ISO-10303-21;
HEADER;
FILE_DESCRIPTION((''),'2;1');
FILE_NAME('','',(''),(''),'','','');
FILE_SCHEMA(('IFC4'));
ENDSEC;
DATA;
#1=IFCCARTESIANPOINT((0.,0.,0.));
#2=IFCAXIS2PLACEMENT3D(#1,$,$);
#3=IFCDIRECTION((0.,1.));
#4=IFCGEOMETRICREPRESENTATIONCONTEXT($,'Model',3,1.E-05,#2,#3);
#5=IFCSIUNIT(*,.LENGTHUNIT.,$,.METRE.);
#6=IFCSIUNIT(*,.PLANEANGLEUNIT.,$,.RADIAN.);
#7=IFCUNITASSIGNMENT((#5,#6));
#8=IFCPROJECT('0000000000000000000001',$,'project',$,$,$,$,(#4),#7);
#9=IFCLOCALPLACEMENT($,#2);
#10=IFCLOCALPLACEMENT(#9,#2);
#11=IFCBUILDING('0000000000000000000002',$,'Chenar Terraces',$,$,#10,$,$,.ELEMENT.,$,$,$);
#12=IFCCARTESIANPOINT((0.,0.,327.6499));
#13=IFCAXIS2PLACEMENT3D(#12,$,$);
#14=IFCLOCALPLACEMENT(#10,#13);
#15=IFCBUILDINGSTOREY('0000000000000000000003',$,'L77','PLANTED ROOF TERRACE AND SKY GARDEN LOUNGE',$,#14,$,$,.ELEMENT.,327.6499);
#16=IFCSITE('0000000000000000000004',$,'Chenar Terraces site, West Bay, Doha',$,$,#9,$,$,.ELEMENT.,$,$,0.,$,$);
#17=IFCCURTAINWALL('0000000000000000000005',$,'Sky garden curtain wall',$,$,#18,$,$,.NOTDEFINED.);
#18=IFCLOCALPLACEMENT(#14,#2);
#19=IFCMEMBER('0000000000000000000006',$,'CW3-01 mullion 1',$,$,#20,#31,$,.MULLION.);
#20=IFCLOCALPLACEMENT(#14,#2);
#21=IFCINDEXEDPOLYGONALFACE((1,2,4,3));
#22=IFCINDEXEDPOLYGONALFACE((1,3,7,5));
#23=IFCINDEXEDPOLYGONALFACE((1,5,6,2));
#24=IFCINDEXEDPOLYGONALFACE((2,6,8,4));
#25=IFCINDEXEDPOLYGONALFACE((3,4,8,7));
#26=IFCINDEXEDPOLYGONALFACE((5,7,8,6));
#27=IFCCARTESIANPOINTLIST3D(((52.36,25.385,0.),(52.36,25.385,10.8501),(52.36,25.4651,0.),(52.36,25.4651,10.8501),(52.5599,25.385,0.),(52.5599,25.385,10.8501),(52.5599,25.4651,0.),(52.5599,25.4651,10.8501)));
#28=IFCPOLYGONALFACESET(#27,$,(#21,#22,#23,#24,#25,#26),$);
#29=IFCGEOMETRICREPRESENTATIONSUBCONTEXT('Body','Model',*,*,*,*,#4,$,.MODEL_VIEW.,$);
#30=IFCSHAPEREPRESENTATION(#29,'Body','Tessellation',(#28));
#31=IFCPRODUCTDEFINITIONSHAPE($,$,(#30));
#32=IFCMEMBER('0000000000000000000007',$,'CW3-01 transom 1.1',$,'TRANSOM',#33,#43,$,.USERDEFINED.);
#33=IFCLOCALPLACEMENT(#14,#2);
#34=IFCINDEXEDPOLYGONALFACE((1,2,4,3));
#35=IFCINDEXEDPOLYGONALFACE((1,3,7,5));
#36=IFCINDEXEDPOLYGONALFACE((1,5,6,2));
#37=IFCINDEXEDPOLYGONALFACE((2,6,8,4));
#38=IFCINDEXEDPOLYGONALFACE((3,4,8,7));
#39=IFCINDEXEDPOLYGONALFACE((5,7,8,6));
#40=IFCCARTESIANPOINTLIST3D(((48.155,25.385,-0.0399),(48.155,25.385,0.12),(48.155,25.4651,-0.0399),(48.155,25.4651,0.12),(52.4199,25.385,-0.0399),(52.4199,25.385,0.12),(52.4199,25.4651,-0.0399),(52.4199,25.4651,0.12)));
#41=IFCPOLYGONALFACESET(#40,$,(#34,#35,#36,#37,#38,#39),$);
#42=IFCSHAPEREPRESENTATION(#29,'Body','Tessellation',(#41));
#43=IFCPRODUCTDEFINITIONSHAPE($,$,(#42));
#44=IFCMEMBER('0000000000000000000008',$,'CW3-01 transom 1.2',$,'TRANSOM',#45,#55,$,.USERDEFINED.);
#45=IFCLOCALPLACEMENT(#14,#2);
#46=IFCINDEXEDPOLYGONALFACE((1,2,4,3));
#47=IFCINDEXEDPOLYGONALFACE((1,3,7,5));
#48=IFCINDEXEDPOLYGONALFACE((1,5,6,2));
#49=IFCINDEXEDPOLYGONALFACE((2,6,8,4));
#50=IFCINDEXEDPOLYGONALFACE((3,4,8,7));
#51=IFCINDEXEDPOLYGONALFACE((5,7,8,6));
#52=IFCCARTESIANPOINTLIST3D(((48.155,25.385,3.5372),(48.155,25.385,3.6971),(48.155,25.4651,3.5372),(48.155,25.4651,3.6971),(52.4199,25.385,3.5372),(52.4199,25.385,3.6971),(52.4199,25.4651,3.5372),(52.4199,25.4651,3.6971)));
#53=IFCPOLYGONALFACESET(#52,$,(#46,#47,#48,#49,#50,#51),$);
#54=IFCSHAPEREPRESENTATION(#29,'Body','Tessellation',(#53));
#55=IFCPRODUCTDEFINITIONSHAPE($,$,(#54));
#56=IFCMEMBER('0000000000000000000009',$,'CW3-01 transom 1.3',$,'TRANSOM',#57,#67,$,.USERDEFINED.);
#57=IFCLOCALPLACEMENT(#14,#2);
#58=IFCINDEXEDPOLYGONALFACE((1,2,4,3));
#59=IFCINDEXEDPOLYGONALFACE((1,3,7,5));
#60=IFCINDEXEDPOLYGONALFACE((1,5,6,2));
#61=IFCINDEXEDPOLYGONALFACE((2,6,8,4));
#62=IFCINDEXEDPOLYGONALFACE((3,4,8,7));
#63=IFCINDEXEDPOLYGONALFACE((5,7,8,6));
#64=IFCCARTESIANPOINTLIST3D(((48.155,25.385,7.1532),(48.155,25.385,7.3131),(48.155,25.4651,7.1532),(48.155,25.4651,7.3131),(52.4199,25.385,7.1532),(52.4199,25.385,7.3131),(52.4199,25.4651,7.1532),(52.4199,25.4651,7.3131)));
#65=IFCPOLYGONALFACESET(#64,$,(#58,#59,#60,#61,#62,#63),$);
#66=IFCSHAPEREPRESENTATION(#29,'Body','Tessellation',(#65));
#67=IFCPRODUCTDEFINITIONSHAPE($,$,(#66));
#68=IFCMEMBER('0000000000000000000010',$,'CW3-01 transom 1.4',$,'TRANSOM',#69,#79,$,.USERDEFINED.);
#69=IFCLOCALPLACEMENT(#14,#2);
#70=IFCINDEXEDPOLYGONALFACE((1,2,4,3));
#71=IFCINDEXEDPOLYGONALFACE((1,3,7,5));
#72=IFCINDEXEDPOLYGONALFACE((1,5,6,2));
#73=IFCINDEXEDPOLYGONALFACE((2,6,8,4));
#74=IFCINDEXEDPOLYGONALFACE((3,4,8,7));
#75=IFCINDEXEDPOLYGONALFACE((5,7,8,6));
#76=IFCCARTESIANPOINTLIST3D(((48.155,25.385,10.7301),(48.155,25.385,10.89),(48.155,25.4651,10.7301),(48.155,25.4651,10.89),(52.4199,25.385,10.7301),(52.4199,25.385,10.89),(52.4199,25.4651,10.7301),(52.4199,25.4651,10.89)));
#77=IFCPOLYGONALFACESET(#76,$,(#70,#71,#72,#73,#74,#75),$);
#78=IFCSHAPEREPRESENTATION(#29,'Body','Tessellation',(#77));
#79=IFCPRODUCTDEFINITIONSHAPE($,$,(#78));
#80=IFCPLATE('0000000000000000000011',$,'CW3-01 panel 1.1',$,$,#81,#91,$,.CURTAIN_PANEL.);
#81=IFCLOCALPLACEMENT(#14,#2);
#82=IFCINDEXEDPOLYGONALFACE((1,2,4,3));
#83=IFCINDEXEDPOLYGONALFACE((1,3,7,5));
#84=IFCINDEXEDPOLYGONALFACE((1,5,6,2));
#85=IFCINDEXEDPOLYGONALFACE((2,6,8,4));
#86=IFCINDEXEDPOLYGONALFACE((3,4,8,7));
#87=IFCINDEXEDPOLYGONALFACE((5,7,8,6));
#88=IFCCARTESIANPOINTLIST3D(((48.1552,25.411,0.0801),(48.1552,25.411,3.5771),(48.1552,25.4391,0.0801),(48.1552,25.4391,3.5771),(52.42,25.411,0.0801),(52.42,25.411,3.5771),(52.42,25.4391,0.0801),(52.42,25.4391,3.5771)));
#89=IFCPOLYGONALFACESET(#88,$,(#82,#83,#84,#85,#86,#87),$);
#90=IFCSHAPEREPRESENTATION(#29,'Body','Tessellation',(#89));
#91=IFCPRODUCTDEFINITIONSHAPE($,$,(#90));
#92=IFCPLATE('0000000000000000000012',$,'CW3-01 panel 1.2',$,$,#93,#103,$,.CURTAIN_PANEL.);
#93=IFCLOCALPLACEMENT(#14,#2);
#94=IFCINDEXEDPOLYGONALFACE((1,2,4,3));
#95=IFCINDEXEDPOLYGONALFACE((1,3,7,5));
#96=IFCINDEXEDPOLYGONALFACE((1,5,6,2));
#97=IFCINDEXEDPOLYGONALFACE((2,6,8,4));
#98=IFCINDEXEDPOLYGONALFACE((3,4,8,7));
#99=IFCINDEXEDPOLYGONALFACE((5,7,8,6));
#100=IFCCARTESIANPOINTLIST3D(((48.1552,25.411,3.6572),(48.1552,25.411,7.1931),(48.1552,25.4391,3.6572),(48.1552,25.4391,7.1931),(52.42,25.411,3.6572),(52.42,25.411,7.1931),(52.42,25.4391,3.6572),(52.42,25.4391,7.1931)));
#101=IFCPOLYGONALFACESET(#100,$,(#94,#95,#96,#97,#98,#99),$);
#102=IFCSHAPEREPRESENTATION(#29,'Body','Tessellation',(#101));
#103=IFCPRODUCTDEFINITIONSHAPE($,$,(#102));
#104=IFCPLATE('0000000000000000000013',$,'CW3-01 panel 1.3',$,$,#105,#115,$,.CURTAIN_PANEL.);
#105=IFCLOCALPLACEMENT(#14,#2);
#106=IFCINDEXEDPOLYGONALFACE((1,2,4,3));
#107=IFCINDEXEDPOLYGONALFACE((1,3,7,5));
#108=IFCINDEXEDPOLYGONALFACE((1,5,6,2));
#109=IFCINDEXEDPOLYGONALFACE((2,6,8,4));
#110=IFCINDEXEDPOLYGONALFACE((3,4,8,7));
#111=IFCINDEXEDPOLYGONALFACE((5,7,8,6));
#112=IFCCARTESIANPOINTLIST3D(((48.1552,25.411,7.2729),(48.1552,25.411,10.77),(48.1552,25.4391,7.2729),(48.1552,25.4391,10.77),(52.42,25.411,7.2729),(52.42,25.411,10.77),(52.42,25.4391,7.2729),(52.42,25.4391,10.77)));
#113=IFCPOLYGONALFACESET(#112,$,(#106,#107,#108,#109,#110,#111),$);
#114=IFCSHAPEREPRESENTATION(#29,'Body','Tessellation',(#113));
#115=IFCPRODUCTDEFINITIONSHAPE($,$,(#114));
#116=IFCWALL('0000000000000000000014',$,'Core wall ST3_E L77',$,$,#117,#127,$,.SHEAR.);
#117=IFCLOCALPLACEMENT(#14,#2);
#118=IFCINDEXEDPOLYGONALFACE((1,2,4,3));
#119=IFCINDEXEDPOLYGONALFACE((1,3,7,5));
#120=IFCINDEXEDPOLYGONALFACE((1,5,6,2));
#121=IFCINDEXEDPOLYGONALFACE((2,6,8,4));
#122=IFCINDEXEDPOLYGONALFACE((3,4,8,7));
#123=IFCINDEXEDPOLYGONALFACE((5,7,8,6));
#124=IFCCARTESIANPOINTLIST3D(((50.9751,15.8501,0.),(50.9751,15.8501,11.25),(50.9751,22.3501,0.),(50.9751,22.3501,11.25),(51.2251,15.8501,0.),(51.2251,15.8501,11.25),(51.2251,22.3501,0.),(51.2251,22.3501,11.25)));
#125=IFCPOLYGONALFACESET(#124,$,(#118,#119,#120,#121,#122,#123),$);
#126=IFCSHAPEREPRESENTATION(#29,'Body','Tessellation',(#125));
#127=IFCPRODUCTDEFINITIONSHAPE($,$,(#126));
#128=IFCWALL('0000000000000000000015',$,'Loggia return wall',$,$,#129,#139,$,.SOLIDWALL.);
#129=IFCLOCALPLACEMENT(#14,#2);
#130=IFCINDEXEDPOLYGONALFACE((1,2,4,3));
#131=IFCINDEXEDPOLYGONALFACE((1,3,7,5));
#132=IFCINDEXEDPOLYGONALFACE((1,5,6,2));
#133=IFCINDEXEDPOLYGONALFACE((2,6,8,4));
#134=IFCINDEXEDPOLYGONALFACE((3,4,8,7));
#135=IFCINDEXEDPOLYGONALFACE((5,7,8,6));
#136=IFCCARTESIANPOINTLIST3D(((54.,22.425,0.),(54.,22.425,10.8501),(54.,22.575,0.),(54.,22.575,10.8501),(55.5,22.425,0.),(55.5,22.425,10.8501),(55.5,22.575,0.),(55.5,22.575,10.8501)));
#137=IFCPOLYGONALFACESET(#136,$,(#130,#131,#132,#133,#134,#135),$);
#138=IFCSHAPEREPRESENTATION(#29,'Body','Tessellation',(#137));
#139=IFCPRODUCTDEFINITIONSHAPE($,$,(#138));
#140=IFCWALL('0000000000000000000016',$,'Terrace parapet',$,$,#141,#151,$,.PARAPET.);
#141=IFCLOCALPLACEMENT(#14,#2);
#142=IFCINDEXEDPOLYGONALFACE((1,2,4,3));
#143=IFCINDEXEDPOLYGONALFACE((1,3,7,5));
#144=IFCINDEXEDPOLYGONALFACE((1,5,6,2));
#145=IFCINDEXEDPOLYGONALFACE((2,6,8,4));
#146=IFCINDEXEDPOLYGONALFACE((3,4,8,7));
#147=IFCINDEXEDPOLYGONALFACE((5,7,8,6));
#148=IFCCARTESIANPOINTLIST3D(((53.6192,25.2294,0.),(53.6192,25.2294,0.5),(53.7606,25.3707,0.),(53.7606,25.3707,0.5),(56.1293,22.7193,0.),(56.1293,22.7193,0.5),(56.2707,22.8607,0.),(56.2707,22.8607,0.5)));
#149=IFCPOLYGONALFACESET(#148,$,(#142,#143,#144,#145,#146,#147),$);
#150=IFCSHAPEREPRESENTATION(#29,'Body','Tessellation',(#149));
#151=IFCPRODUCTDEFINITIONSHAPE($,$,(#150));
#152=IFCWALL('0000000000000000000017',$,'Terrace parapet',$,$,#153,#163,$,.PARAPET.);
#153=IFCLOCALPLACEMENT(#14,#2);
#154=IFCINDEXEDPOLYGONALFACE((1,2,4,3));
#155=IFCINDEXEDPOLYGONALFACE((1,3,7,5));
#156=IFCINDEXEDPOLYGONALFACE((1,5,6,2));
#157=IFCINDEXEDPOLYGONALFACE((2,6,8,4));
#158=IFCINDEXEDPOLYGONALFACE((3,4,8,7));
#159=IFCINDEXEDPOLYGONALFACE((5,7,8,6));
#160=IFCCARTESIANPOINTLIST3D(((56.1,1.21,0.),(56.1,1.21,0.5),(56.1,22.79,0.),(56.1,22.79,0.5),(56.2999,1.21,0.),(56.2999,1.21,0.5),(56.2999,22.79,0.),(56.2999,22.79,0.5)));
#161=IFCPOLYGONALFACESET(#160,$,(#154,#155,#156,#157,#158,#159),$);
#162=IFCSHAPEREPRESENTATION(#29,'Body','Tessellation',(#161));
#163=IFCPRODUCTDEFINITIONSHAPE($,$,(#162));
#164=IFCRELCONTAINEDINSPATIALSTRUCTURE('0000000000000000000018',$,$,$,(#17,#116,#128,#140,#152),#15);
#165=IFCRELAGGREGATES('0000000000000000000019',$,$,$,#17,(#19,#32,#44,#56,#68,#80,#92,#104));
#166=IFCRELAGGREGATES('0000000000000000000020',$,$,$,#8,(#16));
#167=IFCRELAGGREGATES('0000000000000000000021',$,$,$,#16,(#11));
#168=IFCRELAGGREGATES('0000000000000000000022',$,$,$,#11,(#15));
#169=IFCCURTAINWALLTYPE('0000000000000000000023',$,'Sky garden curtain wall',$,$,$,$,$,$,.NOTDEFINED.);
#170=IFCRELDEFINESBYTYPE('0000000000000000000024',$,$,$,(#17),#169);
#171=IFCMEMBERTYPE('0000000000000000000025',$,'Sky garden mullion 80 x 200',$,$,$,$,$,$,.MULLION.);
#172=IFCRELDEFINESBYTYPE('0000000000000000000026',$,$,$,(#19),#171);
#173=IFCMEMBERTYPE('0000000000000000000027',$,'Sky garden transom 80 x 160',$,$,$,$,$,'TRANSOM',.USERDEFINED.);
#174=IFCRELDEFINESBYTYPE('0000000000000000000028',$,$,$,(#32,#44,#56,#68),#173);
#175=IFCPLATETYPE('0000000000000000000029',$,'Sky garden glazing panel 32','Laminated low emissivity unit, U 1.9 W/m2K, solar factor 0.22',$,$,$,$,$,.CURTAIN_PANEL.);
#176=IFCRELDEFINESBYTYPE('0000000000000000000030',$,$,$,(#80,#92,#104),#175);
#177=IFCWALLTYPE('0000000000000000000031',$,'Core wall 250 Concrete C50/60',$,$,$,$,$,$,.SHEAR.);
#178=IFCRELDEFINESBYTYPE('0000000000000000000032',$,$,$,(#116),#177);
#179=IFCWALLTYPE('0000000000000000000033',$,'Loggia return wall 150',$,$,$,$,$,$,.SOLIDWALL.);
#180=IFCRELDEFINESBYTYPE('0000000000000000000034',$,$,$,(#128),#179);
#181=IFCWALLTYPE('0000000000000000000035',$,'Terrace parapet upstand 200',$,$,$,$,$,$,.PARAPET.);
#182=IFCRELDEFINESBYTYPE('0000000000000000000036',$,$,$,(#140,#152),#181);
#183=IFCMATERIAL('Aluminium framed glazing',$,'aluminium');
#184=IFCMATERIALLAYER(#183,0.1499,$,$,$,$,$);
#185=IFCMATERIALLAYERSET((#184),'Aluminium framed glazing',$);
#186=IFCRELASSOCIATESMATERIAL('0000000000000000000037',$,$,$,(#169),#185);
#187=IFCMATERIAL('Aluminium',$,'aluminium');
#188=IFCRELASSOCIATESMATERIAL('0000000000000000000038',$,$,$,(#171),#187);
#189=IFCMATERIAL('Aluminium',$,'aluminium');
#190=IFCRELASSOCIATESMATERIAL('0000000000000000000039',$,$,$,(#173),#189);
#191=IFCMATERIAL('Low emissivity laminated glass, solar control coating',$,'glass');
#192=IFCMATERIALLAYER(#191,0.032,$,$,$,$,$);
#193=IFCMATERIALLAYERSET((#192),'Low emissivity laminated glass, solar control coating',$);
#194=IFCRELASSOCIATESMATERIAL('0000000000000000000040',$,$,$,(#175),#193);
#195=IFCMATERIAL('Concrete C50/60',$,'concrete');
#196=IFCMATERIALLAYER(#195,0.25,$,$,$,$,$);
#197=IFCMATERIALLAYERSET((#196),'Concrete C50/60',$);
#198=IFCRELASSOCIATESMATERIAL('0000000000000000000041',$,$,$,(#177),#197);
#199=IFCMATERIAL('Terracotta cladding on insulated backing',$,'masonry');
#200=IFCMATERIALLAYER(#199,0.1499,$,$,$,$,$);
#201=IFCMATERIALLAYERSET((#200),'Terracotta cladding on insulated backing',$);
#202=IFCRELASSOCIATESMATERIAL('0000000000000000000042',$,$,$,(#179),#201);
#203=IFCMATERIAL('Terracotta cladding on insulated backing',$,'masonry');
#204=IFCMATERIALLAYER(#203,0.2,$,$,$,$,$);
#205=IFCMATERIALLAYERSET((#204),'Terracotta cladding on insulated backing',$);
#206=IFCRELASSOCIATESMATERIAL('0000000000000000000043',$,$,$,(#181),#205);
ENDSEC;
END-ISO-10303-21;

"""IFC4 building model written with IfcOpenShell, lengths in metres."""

from ifc_helpers import new_model, si_unit, direction, frame, frame_2d, origin, origin_2d, place, context, subcontext, project, spatial, rectangle, extrude, material, layer, layer_set, material_profile, profile_set, type_object, element, aggregate, save


model = new_model("IFC4")

# Units and contexts
model_context = context("Model", 3, precision=1e-05, world=origin(), true_north=direction((0.0, 1.0)))
body_context = subcontext(model_context, "Body", "Model", "MODEL_VIEW")
ifc_project = project(units=[si_unit("LENGTHUNIT", "METRE"), si_unit("PLANEANGLEUNIT", "RADIAN")], contexts=[model_context])

# Site, building, storey
site_placement = place(None, origin())
site = spatial("IfcSite", under=ifc_project, at=site_placement, Name="Chenar Terraces site, West Bay, Doha", CompositionType="ELEMENT", RefElevation=0.0)
building_placement = place(site_placement, origin())
building = spatial("IfcBuilding", under=site, at=building_placement, Name="Chenar Terraces", CompositionType="ELEMENT")
storey_placement = place(building_placement, frame((0.0, 0.0, 327.6499)))
storey = spatial("IfcBuildingStorey", under=building, at=storey_placement, Name="L77", Description="PLANTED ROOF TERRACE AND SKY GARDEN LOUNGE", CompositionType="ELEMENT", Elevation=327.6499)

# Curtain wall, members, plates
ifc_material_1 = material(Name="Aluminium framed glazing", Category="aluminium")
ifc_layer_1 = layer(ifc_material_1, 0.1499)
ifc_layer_set_1 = layer_set([ifc_layer_1], Name="Aluminium framed glazing")
curtain_wall_type = type_object("IfcCurtainWallType", Name="Sky garden curtain wall", PredefinedType="NOTDEFINED", material=ifc_layer_set_1)
placement = place(storey_placement, origin())
curtain_wall = element("IfcCurtainWall", 1, at=placement, inside=storey, type_object=curtain_wall_type, Name="Sky garden curtain wall", PredefinedType="NOTDEFINED")
ifc_material_2 = material(Name="Aluminium", Category="aluminium")
ifc_material_profile_1 = material_profile(ifc_material_2, rectangle(XDim=0.0801, YDim=0.2, at=origin_2d()), Name="Sky garden mullion 80 x 200")
ifc_profile_set_1 = profile_set([ifc_material_profile_1], Name="Aluminium")
member_type_1 = type_object("IfcMemberType", Name="Sky garden mullion 80 x 200", PredefinedType="MULLION", material=ifc_profile_set_1)
member_1_placement = place(storey_placement, frame((52.46, 25.425, 0.0), z_axis=(0.0, 0.0, 1.0), x_axis=(0.0, -1.0, 0.0)))
member_1 = element("IfcMember", 2, at=member_1_placement, type_object=member_type_1, Name="CW3-01 mullion 1", PredefinedType="MULLION", context=body_context, shape_type="SweptSolid", body=[
    extrude(rectangle(XDim=0.0801, YDim=0.2, at=origin_2d()), origin(), (0.0, 0.0, 1.0), 10.8501),
])
ifc_material_3 = material(Name="Aluminium", Category="aluminium")
ifc_material_profile_2 = material_profile(ifc_material_3, rectangle(XDim=0.0801, YDim=0.1599, at=origin_2d()), Name="Sky garden transom 80 x 160")
ifc_profile_set_2 = profile_set([ifc_material_profile_2], Name="Aluminium")
member_type_2 = type_object("IfcMemberType", Name="Sky garden transom 80 x 160", ElementType="TRANSOM", PredefinedType="USERDEFINED", material=ifc_profile_set_2)
member_2_placement = place(storey_placement, frame((52.4199, 25.425, 0.04), z_axis=(-1.0, 0.0, 0.0), x_axis=(0.0, -1.0, 0.0)))
member_2 = element("IfcMember", 3, at=member_2_placement, type_object=member_type_2, Name="CW3-01 transom 1.1", ObjectType="TRANSOM", PredefinedType="USERDEFINED", context=body_context, shape_type="SweptSolid", body=[
    extrude(rectangle(XDim=0.0801, YDim=0.1599, at=origin_2d()), origin(), (0.0, 0.0, 1.0), 4.2649),
])
member_3_placement = place(storey_placement, frame((52.4199, 25.425, 3.6172), z_axis=(-1.0, 0.0, 0.0), x_axis=(0.0, -1.0, 0.0)))
member_3 = element("IfcMember", 4, at=member_3_placement, type_object=member_type_2, Name="CW3-01 transom 1.2", ObjectType="TRANSOM", PredefinedType="USERDEFINED", context=body_context, shape_type="SweptSolid", body=[
    extrude(rectangle(XDim=0.0801, YDim=0.1599, at=origin_2d()), origin(), (0.0, 0.0, 1.0), 4.2649),
])
member_4_placement = place(storey_placement, frame((52.4199, 25.425, 7.2332), z_axis=(-1.0, 0.0, 0.0), x_axis=(0.0, -1.0, 0.0)))
member_4 = element("IfcMember", 5, at=member_4_placement, type_object=member_type_2, Name="CW3-01 transom 1.3", ObjectType="TRANSOM", PredefinedType="USERDEFINED", context=body_context, shape_type="SweptSolid", body=[
    extrude(rectangle(XDim=0.0801, YDim=0.1599, at=origin_2d()), origin(), (0.0, 0.0, 1.0), 4.2649),
])
member_5_placement = place(storey_placement, frame((52.4199, 25.425, 10.8101), z_axis=(-1.0, 0.0, 0.0), x_axis=(0.0, -1.0, 0.0)))
member_5 = element("IfcMember", 6, at=member_5_placement, type_object=member_type_2, Name="CW3-01 transom 1.4", ObjectType="TRANSOM", PredefinedType="USERDEFINED", context=body_context, shape_type="SweptSolid", body=[
    extrude(rectangle(XDim=0.0801, YDim=0.1599, at=origin_2d()), origin(), (0.0, 0.0, 1.0), 4.2649),
])
ifc_material_4 = material(Name="Low emissivity laminated glass, solar control coating", Category="glass")
ifc_layer_2 = layer(ifc_material_4, 0.032)
ifc_layer_set_2 = layer_set([ifc_layer_2], Name="Low emissivity laminated glass, solar control coating")
plate_type = type_object("IfcPlateType", Name="Sky garden glazing panel 32", Description="Laminated low emissivity unit, U 1.9 W/m2K, solar factor 0.22", PredefinedType="CURTAIN_PANEL", material=ifc_layer_set_2)
plate_1_placement = place(storey_placement, frame((50.2876, 25.425, 0.0801), z_axis=(0.0, 0.0, 1.0), x_axis=(-1.0, 0.0, 0.0)))
plate_1 = element("IfcPlate", 7, at=plate_1_placement, type_object=plate_type, Name="CW3-01 panel 1.1", PredefinedType="CURTAIN_PANEL", context=body_context, shape_type="SweptSolid", body=[
    extrude(rectangle(XDim=4.2649, YDim=0.0281, at=origin_2d()), origin(), (0.0, 0.0, 1.0), 3.4971),
])
plate_2_placement = place(storey_placement, frame((50.2876, 25.425, 3.6572), z_axis=(0.0, 0.0, 1.0), x_axis=(-1.0, 0.0, 0.0)))
plate_2 = element("IfcPlate", 8, at=plate_2_placement, type_object=plate_type, Name="CW3-01 panel 1.2", PredefinedType="CURTAIN_PANEL", context=body_context, shape_type="SweptSolid", body=[
    extrude(rectangle(XDim=4.2649, YDim=0.0281, at=origin_2d()), origin(), (0.0, 0.0, 1.0), 3.5359),
])
plate_3_placement = place(storey_placement, frame((50.2876, 25.425, 7.2729), z_axis=(0.0, 0.0, 1.0), x_axis=(-1.0, 0.0, 0.0)))
plate_3 = element("IfcPlate", 9, at=plate_3_placement, type_object=plate_type, Name="CW3-01 panel 1.3", PredefinedType="CURTAIN_PANEL", context=body_context, shape_type="SweptSolid", body=[
    extrude(rectangle(XDim=4.2649, YDim=0.0281, at=origin_2d()), origin(), (0.0, 0.0, 1.0), 3.4971),
])
aggregate(curtain_wall, [member_1, member_2, member_3, member_4, member_5, plate_1, plate_2, plate_3])

# Walls
ifc_material_5 = material(Name="Concrete C50/60", Category="concrete")
ifc_layer_3 = layer(ifc_material_5, 0.25)
ifc_layer_set_3 = layer_set([ifc_layer_3], Name="Concrete C50/60")
wall_type_1 = type_object("IfcWallType", Name="Core wall 250 Concrete C50/60", PredefinedType="SHEAR", material=ifc_layer_set_3)
wall_1_placement = place(storey_placement, frame((51.1001, 15.8501, 0.0), z_axis=(0.0, 0.0, 1.0), x_axis=(0.0, 1.0, 0.0)))
element("IfcWall", 10, at=wall_1_placement, inside=storey, type_object=wall_type_1, Name="Core wall ST3_E L77", PredefinedType="SHEAR", context=body_context, shape_type="SweptSolid", body=[
    extrude(rectangle(XDim=6.5, YDim=0.25, at=frame_2d((3.25, 0.0))), origin(), (0.0, 0.0, 1.0), 11.25),
])
ifc_material_6 = material(Name="Terracotta cladding on insulated backing", Category="masonry")
ifc_layer_4 = layer(ifc_material_6, 0.1499)
ifc_layer_set_4 = layer_set([ifc_layer_4], Name="Terracotta cladding on insulated backing")
wall_type_2 = type_object("IfcWallType", Name="Loggia return wall 150", PredefinedType="SOLIDWALL", material=ifc_layer_set_4)
wall_2_placement = place(storey_placement, frame((55.5, 22.5, 0.0), z_axis=(0.0, 0.0, 1.0), x_axis=(-1.0, 0.0, 0.0)))
element("IfcWall", 11, at=wall_2_placement, inside=storey, type_object=wall_type_2, Name="Loggia return wall", PredefinedType="SOLIDWALL", context=body_context, shape_type="SweptSolid", body=[
    extrude(rectangle(XDim=1.5, YDim=0.1499, at=frame_2d((0.75, 0.0))), origin(), (0.0, 0.0, 1.0), 10.8501),
])
ifc_material_7 = material(Name="Terracotta cladding on insulated backing", Category="masonry")
ifc_layer_5 = layer(ifc_material_7, 0.2)
ifc_layer_set_5 = layer_set([ifc_layer_5], Name="Terracotta cladding on insulated backing")
wall_type_3 = type_object("IfcWallType", Name="Terrace parapet upstand 200", PredefinedType="PARAPET", material=ifc_layer_set_5)
wall_3_placement = place(storey_placement, frame((53.6899, 25.3, 0.0), z_axis=(0.0, 0.0, 1.0), x_axis=(0.707107, -0.707107, 0.0)))
element("IfcWall", 12, at=wall_3_placement, inside=storey, type_object=wall_type_3, Name="Terrace parapet", PredefinedType="PARAPET", context=body_context, shape_type="SweptSolid", body=[
    extrude(rectangle(XDim=3.5498, YDim=0.2, at=frame_2d((1.7749, 0.0))), origin(), (0.0, 0.0, 1.0), 0.5),
])
wall_4_placement = place(storey_placement, frame((56.2, 22.79, 0.0), z_axis=(0.0, 0.0, 1.0), x_axis=(0.0, -1.0, 0.0)))
element("IfcWall", 13, at=wall_4_placement, inside=storey, type_object=wall_type_3, Name="Terrace parapet", PredefinedType="PARAPET", context=body_context, shape_type="SweptSolid", body=[
    extrude(rectangle(XDim=21.5801, YDim=0.2, at=frame_2d((10.79, 0.0))), origin(), (0.0, 0.0, 1.0), 0.5),
])

save(model, "model.ifc")
